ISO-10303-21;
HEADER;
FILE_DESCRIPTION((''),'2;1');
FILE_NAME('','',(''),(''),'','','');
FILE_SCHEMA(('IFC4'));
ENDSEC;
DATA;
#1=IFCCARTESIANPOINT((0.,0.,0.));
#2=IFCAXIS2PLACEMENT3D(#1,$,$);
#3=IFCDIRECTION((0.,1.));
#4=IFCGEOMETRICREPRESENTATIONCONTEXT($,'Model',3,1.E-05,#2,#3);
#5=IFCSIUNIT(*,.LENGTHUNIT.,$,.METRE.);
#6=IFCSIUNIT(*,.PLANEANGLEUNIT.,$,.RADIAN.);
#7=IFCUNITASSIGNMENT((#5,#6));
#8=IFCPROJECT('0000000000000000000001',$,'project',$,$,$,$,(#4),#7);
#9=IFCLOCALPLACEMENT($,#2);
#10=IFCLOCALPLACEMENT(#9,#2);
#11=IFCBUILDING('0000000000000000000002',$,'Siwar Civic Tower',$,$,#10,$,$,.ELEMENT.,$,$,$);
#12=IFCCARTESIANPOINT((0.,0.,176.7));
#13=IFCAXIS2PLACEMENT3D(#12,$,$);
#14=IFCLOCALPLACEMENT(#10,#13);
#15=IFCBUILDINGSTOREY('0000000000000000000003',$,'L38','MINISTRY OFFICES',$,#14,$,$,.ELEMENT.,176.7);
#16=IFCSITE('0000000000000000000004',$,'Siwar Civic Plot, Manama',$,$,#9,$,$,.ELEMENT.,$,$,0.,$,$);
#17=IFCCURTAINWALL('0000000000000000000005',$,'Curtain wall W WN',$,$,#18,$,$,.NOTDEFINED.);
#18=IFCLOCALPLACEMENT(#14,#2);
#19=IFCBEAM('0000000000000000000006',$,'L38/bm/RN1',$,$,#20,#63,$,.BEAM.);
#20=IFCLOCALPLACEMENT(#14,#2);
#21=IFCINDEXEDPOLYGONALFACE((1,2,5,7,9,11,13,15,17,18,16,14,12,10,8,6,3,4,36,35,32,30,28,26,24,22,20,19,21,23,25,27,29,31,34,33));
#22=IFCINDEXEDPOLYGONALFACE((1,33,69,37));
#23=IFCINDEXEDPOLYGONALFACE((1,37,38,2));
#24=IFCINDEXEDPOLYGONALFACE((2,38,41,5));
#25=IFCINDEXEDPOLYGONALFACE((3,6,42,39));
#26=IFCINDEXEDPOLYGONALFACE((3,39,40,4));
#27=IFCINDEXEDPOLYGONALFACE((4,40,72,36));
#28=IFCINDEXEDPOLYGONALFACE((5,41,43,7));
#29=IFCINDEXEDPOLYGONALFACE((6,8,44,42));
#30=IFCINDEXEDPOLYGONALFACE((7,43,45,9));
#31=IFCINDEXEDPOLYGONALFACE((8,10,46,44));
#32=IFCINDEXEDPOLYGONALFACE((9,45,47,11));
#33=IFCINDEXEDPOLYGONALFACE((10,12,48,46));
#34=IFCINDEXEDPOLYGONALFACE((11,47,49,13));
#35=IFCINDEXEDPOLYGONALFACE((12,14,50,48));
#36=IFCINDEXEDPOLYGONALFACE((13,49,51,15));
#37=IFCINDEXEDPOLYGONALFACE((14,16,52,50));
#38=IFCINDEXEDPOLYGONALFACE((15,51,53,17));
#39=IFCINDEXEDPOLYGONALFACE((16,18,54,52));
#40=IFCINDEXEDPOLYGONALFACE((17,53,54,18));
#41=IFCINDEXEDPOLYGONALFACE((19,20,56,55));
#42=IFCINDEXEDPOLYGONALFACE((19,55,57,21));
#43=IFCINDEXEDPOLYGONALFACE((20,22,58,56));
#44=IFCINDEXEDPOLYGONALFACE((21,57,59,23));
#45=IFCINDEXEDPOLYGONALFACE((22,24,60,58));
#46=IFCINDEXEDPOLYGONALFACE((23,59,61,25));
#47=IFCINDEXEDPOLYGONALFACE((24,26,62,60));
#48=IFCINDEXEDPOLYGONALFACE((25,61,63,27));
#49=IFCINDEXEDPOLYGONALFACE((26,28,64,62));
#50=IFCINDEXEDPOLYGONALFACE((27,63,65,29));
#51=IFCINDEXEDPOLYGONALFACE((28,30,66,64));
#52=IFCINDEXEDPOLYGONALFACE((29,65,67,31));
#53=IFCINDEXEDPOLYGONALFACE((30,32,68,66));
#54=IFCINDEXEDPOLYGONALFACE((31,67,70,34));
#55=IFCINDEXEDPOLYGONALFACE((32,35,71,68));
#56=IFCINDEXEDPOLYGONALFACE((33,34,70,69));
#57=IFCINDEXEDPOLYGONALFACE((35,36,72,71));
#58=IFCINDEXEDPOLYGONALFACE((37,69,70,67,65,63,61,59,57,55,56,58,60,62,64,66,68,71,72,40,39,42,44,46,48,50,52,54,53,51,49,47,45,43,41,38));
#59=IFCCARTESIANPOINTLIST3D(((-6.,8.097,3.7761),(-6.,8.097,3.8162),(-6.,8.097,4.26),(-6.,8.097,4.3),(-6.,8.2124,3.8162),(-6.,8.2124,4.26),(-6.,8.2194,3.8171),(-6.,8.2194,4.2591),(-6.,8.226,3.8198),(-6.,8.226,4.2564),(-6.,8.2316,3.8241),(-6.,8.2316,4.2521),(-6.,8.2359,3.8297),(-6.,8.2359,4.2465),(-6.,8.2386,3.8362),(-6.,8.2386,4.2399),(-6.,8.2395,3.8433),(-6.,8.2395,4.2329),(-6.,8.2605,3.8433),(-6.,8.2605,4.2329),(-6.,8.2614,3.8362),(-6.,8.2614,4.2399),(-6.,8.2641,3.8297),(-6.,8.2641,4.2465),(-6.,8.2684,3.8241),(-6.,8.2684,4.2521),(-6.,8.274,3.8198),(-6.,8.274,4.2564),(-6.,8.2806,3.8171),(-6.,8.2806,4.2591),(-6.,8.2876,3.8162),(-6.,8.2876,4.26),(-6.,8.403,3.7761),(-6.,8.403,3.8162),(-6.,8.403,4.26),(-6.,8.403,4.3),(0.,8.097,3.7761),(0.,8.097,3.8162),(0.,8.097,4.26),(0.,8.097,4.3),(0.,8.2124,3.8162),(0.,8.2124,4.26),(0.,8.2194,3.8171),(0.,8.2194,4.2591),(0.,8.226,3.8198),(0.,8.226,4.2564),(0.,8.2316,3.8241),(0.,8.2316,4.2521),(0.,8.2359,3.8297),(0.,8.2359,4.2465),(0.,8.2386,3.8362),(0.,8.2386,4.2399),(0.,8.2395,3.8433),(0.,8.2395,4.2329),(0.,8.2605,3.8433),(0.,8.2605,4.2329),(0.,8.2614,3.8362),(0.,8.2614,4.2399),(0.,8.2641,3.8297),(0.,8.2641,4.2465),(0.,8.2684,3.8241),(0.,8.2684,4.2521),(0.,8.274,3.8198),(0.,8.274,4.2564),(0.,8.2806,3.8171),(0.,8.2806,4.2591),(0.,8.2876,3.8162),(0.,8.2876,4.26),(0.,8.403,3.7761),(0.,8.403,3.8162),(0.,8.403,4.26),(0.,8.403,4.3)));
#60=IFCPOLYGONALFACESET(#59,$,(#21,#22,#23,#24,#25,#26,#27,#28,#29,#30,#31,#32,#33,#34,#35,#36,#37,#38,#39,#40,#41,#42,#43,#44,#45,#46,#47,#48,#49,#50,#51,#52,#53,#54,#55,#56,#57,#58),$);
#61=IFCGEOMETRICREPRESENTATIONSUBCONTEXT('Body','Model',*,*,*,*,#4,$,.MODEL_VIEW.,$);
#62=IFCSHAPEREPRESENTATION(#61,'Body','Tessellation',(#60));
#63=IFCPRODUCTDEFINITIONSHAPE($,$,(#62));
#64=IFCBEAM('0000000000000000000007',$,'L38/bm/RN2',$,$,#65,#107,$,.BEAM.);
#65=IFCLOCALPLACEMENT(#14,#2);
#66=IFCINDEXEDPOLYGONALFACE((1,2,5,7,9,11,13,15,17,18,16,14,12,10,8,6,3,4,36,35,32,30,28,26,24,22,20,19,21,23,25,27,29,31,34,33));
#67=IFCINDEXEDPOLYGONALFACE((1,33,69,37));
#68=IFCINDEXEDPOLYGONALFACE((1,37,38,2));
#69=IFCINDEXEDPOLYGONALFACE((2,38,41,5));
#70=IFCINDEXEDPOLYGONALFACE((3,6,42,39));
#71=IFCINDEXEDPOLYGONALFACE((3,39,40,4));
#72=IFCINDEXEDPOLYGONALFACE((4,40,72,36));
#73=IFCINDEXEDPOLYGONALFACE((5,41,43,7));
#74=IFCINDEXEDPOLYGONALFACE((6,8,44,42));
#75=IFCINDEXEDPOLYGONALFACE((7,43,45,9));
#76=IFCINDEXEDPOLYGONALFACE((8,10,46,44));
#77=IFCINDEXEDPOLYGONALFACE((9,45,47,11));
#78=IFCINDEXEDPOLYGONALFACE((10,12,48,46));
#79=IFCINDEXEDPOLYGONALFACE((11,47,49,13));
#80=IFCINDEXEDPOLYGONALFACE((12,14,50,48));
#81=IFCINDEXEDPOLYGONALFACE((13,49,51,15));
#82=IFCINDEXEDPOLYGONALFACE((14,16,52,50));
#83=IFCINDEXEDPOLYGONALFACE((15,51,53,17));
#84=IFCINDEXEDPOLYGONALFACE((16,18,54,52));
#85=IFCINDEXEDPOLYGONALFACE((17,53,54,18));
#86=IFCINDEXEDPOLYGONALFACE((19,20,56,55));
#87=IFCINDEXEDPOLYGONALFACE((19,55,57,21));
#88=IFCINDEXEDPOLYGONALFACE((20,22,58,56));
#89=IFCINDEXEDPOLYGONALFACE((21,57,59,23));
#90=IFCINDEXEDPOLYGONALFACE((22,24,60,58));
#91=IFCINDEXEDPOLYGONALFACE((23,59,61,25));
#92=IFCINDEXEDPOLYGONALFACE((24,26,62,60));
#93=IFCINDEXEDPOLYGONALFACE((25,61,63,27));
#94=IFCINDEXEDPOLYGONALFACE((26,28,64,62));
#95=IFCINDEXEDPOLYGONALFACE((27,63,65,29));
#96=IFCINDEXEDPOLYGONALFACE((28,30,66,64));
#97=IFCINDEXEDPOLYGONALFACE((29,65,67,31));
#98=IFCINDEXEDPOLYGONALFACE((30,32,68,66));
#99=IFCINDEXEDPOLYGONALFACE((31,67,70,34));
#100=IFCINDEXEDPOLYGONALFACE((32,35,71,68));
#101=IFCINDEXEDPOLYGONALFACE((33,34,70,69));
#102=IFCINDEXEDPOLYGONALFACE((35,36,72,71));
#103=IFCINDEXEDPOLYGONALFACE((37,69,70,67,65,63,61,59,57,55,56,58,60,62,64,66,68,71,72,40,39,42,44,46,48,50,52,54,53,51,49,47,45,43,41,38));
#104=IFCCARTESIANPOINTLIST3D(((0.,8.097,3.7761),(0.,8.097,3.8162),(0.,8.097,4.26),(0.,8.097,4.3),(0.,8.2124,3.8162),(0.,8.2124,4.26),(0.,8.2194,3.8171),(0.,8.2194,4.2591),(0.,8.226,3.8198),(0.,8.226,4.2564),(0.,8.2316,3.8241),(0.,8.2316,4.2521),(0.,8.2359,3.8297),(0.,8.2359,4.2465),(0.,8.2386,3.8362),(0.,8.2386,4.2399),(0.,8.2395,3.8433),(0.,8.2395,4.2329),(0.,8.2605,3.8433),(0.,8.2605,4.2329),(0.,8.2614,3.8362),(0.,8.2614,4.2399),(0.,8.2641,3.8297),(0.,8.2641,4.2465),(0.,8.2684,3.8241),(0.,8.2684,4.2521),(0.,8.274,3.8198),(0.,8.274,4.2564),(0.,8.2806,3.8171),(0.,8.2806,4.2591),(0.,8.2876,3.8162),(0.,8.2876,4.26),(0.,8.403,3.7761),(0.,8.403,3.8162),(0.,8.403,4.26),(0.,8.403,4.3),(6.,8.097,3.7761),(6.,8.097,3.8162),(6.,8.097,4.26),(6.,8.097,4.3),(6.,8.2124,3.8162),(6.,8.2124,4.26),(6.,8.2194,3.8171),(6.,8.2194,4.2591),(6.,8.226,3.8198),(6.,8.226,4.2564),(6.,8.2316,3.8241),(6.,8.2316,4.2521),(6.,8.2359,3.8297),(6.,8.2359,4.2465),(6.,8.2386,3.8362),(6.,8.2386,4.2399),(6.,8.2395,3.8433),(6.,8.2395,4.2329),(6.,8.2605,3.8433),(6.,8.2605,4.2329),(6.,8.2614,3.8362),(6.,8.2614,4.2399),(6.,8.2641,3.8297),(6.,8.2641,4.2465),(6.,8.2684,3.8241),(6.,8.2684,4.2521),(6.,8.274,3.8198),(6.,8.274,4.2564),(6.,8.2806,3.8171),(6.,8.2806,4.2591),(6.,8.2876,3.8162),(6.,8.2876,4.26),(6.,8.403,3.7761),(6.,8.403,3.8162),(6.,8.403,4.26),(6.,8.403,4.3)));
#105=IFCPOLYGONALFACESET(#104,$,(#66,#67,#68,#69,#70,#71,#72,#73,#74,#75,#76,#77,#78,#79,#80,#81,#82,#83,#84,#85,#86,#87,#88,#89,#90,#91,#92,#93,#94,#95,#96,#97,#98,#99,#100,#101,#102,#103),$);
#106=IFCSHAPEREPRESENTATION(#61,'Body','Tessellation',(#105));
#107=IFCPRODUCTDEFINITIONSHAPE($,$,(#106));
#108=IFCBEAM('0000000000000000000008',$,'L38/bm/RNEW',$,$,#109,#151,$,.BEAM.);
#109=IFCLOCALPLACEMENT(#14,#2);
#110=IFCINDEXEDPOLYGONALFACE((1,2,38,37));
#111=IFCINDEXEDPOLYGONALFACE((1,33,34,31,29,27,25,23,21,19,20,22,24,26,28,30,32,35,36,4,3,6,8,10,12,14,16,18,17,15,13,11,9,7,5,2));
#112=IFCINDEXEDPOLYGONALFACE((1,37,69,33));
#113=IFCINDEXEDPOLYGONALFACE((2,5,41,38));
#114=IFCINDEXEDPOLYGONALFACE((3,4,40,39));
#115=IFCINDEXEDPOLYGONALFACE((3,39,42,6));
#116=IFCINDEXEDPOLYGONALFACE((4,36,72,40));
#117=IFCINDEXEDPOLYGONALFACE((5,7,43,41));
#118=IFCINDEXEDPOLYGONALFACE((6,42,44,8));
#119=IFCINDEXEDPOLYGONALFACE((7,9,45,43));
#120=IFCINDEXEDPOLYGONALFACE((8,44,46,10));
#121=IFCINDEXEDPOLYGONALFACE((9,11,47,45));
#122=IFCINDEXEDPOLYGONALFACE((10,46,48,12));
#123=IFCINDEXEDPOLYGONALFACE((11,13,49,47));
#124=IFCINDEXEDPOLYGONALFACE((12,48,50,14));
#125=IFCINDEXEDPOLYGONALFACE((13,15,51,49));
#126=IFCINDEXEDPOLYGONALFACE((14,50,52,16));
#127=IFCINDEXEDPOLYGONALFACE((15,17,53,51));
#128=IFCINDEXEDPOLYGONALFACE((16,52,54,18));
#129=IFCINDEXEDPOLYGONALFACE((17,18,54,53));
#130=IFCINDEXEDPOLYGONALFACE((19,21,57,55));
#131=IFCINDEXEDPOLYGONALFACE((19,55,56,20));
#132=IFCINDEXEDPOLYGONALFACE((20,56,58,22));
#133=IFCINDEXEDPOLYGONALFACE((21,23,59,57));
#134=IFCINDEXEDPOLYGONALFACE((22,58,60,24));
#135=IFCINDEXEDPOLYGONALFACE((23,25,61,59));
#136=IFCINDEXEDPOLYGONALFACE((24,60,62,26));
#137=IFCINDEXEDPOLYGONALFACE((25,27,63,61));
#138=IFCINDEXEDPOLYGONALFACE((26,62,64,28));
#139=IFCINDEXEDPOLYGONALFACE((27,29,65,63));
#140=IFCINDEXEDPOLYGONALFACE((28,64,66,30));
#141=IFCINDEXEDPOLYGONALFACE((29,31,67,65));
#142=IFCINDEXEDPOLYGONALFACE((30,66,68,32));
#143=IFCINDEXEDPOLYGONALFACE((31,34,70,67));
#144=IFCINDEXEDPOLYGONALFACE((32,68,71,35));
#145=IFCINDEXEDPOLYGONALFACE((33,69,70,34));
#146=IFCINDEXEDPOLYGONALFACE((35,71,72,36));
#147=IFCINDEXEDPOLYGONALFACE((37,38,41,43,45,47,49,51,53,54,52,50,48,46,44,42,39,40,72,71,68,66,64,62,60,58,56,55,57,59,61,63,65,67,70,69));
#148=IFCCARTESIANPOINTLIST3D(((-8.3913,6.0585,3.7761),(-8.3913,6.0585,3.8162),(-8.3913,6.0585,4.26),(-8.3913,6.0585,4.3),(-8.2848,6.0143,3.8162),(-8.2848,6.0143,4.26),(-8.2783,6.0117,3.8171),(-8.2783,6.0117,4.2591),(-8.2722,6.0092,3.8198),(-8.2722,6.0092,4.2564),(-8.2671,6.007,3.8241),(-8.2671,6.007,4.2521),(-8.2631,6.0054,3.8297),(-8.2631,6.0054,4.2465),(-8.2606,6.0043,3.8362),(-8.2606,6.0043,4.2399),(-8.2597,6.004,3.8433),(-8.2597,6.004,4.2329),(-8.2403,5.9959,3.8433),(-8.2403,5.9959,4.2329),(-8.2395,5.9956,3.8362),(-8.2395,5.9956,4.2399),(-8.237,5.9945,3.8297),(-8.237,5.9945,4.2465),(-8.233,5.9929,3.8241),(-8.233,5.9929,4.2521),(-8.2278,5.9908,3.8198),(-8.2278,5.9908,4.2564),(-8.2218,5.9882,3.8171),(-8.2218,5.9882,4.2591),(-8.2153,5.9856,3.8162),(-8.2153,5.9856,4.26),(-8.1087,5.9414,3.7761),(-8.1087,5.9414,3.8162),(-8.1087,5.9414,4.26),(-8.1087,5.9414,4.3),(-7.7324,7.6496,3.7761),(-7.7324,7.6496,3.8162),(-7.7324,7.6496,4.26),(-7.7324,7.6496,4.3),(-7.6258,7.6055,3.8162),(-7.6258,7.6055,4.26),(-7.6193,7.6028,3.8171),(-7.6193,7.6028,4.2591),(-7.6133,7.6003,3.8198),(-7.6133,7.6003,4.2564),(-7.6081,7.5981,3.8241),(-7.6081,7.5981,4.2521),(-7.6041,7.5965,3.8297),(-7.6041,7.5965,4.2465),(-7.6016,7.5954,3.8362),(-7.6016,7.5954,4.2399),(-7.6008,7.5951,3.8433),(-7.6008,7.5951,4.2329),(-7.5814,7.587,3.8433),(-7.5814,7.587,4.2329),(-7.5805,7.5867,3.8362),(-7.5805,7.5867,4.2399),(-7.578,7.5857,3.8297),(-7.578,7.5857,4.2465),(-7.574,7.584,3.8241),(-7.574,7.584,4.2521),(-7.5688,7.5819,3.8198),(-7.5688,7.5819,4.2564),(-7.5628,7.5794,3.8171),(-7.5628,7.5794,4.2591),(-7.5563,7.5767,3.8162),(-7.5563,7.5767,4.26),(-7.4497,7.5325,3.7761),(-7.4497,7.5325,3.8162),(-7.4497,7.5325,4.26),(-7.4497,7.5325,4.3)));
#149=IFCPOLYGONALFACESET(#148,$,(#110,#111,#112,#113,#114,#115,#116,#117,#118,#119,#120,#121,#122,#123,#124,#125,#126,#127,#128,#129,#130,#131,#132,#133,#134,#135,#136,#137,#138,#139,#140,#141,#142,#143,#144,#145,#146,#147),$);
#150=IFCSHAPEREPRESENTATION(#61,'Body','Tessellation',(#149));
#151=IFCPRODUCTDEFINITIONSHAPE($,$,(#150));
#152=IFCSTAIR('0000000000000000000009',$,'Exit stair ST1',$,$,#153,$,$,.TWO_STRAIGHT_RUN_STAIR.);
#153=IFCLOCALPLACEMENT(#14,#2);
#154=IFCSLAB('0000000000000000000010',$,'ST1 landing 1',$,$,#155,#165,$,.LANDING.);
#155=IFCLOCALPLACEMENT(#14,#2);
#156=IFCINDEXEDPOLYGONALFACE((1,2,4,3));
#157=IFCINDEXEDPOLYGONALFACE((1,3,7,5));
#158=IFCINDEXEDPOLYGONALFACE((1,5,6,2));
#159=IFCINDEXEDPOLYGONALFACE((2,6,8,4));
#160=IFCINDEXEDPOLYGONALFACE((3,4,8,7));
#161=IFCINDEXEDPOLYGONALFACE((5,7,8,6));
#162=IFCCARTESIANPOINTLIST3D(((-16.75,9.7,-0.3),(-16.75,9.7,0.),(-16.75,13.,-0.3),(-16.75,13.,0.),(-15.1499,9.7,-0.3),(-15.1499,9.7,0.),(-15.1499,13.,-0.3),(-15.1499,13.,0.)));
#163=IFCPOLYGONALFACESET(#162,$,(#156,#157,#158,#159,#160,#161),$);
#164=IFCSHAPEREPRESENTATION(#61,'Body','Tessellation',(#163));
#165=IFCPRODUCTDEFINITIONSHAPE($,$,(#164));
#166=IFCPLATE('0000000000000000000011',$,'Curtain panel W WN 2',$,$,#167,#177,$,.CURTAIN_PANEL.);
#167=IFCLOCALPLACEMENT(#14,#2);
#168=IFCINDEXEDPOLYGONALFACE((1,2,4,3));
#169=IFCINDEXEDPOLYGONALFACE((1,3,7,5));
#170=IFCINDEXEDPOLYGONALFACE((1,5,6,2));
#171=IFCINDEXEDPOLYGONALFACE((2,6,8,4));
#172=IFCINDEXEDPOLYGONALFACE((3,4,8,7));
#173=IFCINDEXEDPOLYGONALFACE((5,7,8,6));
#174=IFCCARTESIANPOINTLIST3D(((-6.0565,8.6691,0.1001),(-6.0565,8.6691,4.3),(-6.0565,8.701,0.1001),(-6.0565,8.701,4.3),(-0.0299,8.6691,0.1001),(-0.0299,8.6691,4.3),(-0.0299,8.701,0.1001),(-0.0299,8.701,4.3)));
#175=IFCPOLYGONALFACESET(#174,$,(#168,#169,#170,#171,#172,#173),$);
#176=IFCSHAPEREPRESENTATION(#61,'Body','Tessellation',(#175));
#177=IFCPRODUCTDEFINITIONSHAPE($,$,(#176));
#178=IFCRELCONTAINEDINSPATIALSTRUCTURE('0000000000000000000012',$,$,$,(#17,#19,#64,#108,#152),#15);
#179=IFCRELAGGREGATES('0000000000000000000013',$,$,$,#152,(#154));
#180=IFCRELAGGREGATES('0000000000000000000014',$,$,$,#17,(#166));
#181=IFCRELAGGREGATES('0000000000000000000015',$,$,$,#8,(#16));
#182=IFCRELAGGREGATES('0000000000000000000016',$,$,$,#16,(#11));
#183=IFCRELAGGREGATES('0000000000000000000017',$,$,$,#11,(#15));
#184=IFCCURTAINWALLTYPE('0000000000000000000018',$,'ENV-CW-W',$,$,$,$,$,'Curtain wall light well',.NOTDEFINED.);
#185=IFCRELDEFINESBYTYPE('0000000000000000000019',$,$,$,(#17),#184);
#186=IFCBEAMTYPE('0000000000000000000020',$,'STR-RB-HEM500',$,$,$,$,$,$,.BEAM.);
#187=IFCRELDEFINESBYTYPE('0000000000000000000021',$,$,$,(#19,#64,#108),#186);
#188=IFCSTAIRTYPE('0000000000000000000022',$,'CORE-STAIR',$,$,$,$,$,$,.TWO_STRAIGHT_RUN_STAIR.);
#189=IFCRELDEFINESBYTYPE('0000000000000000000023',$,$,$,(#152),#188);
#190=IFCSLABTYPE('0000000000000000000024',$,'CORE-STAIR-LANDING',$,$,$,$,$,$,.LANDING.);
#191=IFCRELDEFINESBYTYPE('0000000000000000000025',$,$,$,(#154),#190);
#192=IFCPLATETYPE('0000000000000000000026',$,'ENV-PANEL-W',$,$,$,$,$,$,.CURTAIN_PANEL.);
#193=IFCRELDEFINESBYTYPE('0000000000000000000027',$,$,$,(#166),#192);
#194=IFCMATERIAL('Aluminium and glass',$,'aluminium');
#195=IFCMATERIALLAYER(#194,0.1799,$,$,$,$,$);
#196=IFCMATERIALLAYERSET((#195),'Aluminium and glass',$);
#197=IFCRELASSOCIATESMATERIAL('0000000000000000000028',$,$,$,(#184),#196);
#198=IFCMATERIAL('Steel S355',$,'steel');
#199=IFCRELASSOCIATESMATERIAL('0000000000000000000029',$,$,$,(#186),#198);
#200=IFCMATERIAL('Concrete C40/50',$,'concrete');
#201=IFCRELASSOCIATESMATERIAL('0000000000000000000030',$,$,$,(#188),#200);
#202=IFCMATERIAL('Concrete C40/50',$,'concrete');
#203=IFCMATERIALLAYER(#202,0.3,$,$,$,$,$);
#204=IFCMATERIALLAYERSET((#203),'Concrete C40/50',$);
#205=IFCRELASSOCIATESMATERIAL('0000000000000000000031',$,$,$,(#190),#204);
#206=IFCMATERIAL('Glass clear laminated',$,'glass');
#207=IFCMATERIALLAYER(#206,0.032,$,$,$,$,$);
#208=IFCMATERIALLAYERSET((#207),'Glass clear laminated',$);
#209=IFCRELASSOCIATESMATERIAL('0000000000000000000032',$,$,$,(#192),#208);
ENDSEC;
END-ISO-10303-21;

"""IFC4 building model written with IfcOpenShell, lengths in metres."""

from ifc_helpers import new_model, si_unit, direction, frame, origin, origin_2d, place, context, subcontext, project, spatial, polyline, rectangle, i_section, outline, extrude, material, layer, layer_set, material_profile, profile_set, type_object, element, aggregate, save


model = new_model("IFC4")

# Units and contexts
model_context = context("Model", 3, precision=1e-05, world=origin(), true_north=direction((0.0, 1.0)))
body_context = subcontext(model_context, "Body", "Model", "MODEL_VIEW")
ifc_project = project(units=[si_unit("LENGTHUNIT", "METRE"), si_unit("PLANEANGLEUNIT", "RADIAN")], contexts=[model_context])

# Site, building, storey
site_placement = place(None, origin())
site = spatial("IfcSite", under=ifc_project, at=site_placement, Name="Siwar Civic Plot, Manama", CompositionType="ELEMENT", RefElevation=0.0)
building_placement = place(site_placement, origin())
building = spatial("IfcBuilding", under=site, at=building_placement, Name="Siwar Civic Tower", CompositionType="ELEMENT")
storey_placement = place(building_placement, frame((0.0, 0.0, 176.7)))
storey = spatial("IfcBuildingStorey", under=building, at=storey_placement, Name="L38", Description="MINISTRY OFFICES", CompositionType="ELEMENT", Elevation=176.7)

# Curtain wall
ifc_material_1 = material(Name="Aluminium and glass", Category="aluminium")
ifc_layer_1 = layer(ifc_material_1, 0.1799)
ifc_layer_set_1 = layer_set([ifc_layer_1], Name="Aluminium and glass")
curtain_wall_type = type_object("IfcCurtainWallType", Name="ENV-CW-W", ElementType="Curtain wall light well", PredefinedType="NOTDEFINED", material=ifc_layer_set_1)
curtain_wall_placement = place(storey_placement, origin())
curtain_wall = element("IfcCurtainWall", 1, at=curtain_wall_placement, inside=storey, type_object=curtain_wall_type, Name="Curtain wall W WN", PredefinedType="NOTDEFINED")

# Beams
ifc_material_2 = material(Name="Steel S355", Category="steel")
ifc_material_profile_1 = material_profile(ifc_material_2, i_section(OverallWidth=0.3059, OverallDepth=0.5239, WebThickness=0.021, FlangeThickness=0.04, FilletRadius=0.0271, at=origin_2d()), Name="HEM500")
ifc_profile_set_1 = profile_set([ifc_material_profile_1], Name="Steel S355")
beam_type_1 = type_object("IfcBeamType", Name="STR-RB-HEM500", PredefinedType="BEAM", material=ifc_profile_set_1)
for number, where, z_axis, x_axis, name in (
    (2, (-6.0, 8.25, 4.0381), (1.0, 0.0, 0.0), (0.0, 1.0, 0.0), "L38/bm/RN1"),
    (3, (0.0, 8.25, 4.0381), (1.0, 0.0, 0.0), (0.0, 1.0, 0.0), "L38/bm/RN2"),
):
    element("IfcBeam", number, at=place(storey_placement, frame(where, z_axis=z_axis, x_axis=x_axis)), inside=storey, type_object=beam_type_1, Name=name, PredefinedType="BEAM", context=body_context, shape_type="SweptSolid", body=[
        extrude(i_section(OverallWidth=0.3059, OverallDepth=0.5239, WebThickness=0.021, FlangeThickness=0.04, FilletRadius=0.0271, at=origin_2d()), origin(), (0.0, 0.0, 1.0), 6.0),
    ])
beam_1_placement = place(storey_placement, frame((-7.5911, 7.5911, 4.0381), z_axis=(-0.382631, -0.923901, 0.0), x_axis=(0.923901, -0.382631, 0.0)))
element("IfcBeam", 4, at=beam_1_placement, inside=storey, type_object=beam_type_1, Name="L38/bm/RNEW", PredefinedType="BEAM", context=body_context, shape_type="SweptSolid", body=[
    extrude(i_section(OverallWidth=0.3059, OverallDepth=0.5239, WebThickness=0.021, FlangeThickness=0.04, FilletRadius=0.0271, at=origin_2d()), origin(), (0.0, 0.0, 1.0), 1.7222),
])

# Stair, slab
ifc_material_3 = material(Name="Concrete C40/50", Category="concrete")
stair_type = type_object("IfcStairType", Name="CORE-STAIR", PredefinedType="TWO_STRAIGHT_RUN_STAIR", material=ifc_material_3)
stair_placement = place(storey_placement, origin())
stair = element("IfcStair", 5, at=stair_placement, inside=storey, type_object=stair_type, Name="Exit stair ST1", PredefinedType="TWO_STRAIGHT_RUN_STAIR")
ifc_material_4 = material(Name="Concrete C40/50", Category="concrete")
ifc_layer_2 = layer(ifc_material_4, 0.3)
ifc_layer_set_2 = layer_set([ifc_layer_2], Name="Concrete C40/50")
slab_type_1 = type_object("IfcSlabType", Name="CORE-STAIR-LANDING", PredefinedType="LANDING", material=ifc_layer_set_2)
slab_1_placement = place(storey_placement, frame((0.0, 0.0, -0.3)))
slab_1 = element("IfcSlab", 6, at=slab_1_placement, type_object=slab_type_1, Name="ST1 landing 1", PredefinedType="LANDING", context=body_context, shape_type="SweptSolid", body=[
    extrude(outline(polyline([(-15.1499, 13.0), (-16.75, 13.0), (-16.75, 9.7), (-15.1499, 9.7), (-15.1499, 13.0)])), origin(), (0.0, 0.0, 1.0), 0.3),
])
aggregate(stair, [slab_1])

# Plate
ifc_material_5 = material(Name="Glass clear laminated", Category="glass")
ifc_layer_3 = layer(ifc_material_5, 0.032)
ifc_layer_set_3 = layer_set([ifc_layer_3], Name="Glass clear laminated")
plate_type = type_object("IfcPlateType", Name="ENV-PANEL-W", PredefinedType="CURTAIN_PANEL", material=ifc_layer_set_3)
plate_placement = place(storey_placement, frame((-3.0432, 8.6851, 0.1001), z_axis=(0.0, 0.0, 1.0), x_axis=(-1.0, 0.0, 0.0)))
plate = element("IfcPlate", 7, at=plate_placement, type_object=plate_type, Name="Curtain panel W WN 2", PredefinedType="CURTAIN_PANEL", context=body_context, shape_type="SweptSolid", body=[
    extrude(rectangle(XDim=6.0266, YDim=0.032, at=origin_2d()), origin(), (0.0, 0.0, 1.0), 4.2),
])
aggregate(curtain_wall, [plate])

save(model, "model.ifc")
